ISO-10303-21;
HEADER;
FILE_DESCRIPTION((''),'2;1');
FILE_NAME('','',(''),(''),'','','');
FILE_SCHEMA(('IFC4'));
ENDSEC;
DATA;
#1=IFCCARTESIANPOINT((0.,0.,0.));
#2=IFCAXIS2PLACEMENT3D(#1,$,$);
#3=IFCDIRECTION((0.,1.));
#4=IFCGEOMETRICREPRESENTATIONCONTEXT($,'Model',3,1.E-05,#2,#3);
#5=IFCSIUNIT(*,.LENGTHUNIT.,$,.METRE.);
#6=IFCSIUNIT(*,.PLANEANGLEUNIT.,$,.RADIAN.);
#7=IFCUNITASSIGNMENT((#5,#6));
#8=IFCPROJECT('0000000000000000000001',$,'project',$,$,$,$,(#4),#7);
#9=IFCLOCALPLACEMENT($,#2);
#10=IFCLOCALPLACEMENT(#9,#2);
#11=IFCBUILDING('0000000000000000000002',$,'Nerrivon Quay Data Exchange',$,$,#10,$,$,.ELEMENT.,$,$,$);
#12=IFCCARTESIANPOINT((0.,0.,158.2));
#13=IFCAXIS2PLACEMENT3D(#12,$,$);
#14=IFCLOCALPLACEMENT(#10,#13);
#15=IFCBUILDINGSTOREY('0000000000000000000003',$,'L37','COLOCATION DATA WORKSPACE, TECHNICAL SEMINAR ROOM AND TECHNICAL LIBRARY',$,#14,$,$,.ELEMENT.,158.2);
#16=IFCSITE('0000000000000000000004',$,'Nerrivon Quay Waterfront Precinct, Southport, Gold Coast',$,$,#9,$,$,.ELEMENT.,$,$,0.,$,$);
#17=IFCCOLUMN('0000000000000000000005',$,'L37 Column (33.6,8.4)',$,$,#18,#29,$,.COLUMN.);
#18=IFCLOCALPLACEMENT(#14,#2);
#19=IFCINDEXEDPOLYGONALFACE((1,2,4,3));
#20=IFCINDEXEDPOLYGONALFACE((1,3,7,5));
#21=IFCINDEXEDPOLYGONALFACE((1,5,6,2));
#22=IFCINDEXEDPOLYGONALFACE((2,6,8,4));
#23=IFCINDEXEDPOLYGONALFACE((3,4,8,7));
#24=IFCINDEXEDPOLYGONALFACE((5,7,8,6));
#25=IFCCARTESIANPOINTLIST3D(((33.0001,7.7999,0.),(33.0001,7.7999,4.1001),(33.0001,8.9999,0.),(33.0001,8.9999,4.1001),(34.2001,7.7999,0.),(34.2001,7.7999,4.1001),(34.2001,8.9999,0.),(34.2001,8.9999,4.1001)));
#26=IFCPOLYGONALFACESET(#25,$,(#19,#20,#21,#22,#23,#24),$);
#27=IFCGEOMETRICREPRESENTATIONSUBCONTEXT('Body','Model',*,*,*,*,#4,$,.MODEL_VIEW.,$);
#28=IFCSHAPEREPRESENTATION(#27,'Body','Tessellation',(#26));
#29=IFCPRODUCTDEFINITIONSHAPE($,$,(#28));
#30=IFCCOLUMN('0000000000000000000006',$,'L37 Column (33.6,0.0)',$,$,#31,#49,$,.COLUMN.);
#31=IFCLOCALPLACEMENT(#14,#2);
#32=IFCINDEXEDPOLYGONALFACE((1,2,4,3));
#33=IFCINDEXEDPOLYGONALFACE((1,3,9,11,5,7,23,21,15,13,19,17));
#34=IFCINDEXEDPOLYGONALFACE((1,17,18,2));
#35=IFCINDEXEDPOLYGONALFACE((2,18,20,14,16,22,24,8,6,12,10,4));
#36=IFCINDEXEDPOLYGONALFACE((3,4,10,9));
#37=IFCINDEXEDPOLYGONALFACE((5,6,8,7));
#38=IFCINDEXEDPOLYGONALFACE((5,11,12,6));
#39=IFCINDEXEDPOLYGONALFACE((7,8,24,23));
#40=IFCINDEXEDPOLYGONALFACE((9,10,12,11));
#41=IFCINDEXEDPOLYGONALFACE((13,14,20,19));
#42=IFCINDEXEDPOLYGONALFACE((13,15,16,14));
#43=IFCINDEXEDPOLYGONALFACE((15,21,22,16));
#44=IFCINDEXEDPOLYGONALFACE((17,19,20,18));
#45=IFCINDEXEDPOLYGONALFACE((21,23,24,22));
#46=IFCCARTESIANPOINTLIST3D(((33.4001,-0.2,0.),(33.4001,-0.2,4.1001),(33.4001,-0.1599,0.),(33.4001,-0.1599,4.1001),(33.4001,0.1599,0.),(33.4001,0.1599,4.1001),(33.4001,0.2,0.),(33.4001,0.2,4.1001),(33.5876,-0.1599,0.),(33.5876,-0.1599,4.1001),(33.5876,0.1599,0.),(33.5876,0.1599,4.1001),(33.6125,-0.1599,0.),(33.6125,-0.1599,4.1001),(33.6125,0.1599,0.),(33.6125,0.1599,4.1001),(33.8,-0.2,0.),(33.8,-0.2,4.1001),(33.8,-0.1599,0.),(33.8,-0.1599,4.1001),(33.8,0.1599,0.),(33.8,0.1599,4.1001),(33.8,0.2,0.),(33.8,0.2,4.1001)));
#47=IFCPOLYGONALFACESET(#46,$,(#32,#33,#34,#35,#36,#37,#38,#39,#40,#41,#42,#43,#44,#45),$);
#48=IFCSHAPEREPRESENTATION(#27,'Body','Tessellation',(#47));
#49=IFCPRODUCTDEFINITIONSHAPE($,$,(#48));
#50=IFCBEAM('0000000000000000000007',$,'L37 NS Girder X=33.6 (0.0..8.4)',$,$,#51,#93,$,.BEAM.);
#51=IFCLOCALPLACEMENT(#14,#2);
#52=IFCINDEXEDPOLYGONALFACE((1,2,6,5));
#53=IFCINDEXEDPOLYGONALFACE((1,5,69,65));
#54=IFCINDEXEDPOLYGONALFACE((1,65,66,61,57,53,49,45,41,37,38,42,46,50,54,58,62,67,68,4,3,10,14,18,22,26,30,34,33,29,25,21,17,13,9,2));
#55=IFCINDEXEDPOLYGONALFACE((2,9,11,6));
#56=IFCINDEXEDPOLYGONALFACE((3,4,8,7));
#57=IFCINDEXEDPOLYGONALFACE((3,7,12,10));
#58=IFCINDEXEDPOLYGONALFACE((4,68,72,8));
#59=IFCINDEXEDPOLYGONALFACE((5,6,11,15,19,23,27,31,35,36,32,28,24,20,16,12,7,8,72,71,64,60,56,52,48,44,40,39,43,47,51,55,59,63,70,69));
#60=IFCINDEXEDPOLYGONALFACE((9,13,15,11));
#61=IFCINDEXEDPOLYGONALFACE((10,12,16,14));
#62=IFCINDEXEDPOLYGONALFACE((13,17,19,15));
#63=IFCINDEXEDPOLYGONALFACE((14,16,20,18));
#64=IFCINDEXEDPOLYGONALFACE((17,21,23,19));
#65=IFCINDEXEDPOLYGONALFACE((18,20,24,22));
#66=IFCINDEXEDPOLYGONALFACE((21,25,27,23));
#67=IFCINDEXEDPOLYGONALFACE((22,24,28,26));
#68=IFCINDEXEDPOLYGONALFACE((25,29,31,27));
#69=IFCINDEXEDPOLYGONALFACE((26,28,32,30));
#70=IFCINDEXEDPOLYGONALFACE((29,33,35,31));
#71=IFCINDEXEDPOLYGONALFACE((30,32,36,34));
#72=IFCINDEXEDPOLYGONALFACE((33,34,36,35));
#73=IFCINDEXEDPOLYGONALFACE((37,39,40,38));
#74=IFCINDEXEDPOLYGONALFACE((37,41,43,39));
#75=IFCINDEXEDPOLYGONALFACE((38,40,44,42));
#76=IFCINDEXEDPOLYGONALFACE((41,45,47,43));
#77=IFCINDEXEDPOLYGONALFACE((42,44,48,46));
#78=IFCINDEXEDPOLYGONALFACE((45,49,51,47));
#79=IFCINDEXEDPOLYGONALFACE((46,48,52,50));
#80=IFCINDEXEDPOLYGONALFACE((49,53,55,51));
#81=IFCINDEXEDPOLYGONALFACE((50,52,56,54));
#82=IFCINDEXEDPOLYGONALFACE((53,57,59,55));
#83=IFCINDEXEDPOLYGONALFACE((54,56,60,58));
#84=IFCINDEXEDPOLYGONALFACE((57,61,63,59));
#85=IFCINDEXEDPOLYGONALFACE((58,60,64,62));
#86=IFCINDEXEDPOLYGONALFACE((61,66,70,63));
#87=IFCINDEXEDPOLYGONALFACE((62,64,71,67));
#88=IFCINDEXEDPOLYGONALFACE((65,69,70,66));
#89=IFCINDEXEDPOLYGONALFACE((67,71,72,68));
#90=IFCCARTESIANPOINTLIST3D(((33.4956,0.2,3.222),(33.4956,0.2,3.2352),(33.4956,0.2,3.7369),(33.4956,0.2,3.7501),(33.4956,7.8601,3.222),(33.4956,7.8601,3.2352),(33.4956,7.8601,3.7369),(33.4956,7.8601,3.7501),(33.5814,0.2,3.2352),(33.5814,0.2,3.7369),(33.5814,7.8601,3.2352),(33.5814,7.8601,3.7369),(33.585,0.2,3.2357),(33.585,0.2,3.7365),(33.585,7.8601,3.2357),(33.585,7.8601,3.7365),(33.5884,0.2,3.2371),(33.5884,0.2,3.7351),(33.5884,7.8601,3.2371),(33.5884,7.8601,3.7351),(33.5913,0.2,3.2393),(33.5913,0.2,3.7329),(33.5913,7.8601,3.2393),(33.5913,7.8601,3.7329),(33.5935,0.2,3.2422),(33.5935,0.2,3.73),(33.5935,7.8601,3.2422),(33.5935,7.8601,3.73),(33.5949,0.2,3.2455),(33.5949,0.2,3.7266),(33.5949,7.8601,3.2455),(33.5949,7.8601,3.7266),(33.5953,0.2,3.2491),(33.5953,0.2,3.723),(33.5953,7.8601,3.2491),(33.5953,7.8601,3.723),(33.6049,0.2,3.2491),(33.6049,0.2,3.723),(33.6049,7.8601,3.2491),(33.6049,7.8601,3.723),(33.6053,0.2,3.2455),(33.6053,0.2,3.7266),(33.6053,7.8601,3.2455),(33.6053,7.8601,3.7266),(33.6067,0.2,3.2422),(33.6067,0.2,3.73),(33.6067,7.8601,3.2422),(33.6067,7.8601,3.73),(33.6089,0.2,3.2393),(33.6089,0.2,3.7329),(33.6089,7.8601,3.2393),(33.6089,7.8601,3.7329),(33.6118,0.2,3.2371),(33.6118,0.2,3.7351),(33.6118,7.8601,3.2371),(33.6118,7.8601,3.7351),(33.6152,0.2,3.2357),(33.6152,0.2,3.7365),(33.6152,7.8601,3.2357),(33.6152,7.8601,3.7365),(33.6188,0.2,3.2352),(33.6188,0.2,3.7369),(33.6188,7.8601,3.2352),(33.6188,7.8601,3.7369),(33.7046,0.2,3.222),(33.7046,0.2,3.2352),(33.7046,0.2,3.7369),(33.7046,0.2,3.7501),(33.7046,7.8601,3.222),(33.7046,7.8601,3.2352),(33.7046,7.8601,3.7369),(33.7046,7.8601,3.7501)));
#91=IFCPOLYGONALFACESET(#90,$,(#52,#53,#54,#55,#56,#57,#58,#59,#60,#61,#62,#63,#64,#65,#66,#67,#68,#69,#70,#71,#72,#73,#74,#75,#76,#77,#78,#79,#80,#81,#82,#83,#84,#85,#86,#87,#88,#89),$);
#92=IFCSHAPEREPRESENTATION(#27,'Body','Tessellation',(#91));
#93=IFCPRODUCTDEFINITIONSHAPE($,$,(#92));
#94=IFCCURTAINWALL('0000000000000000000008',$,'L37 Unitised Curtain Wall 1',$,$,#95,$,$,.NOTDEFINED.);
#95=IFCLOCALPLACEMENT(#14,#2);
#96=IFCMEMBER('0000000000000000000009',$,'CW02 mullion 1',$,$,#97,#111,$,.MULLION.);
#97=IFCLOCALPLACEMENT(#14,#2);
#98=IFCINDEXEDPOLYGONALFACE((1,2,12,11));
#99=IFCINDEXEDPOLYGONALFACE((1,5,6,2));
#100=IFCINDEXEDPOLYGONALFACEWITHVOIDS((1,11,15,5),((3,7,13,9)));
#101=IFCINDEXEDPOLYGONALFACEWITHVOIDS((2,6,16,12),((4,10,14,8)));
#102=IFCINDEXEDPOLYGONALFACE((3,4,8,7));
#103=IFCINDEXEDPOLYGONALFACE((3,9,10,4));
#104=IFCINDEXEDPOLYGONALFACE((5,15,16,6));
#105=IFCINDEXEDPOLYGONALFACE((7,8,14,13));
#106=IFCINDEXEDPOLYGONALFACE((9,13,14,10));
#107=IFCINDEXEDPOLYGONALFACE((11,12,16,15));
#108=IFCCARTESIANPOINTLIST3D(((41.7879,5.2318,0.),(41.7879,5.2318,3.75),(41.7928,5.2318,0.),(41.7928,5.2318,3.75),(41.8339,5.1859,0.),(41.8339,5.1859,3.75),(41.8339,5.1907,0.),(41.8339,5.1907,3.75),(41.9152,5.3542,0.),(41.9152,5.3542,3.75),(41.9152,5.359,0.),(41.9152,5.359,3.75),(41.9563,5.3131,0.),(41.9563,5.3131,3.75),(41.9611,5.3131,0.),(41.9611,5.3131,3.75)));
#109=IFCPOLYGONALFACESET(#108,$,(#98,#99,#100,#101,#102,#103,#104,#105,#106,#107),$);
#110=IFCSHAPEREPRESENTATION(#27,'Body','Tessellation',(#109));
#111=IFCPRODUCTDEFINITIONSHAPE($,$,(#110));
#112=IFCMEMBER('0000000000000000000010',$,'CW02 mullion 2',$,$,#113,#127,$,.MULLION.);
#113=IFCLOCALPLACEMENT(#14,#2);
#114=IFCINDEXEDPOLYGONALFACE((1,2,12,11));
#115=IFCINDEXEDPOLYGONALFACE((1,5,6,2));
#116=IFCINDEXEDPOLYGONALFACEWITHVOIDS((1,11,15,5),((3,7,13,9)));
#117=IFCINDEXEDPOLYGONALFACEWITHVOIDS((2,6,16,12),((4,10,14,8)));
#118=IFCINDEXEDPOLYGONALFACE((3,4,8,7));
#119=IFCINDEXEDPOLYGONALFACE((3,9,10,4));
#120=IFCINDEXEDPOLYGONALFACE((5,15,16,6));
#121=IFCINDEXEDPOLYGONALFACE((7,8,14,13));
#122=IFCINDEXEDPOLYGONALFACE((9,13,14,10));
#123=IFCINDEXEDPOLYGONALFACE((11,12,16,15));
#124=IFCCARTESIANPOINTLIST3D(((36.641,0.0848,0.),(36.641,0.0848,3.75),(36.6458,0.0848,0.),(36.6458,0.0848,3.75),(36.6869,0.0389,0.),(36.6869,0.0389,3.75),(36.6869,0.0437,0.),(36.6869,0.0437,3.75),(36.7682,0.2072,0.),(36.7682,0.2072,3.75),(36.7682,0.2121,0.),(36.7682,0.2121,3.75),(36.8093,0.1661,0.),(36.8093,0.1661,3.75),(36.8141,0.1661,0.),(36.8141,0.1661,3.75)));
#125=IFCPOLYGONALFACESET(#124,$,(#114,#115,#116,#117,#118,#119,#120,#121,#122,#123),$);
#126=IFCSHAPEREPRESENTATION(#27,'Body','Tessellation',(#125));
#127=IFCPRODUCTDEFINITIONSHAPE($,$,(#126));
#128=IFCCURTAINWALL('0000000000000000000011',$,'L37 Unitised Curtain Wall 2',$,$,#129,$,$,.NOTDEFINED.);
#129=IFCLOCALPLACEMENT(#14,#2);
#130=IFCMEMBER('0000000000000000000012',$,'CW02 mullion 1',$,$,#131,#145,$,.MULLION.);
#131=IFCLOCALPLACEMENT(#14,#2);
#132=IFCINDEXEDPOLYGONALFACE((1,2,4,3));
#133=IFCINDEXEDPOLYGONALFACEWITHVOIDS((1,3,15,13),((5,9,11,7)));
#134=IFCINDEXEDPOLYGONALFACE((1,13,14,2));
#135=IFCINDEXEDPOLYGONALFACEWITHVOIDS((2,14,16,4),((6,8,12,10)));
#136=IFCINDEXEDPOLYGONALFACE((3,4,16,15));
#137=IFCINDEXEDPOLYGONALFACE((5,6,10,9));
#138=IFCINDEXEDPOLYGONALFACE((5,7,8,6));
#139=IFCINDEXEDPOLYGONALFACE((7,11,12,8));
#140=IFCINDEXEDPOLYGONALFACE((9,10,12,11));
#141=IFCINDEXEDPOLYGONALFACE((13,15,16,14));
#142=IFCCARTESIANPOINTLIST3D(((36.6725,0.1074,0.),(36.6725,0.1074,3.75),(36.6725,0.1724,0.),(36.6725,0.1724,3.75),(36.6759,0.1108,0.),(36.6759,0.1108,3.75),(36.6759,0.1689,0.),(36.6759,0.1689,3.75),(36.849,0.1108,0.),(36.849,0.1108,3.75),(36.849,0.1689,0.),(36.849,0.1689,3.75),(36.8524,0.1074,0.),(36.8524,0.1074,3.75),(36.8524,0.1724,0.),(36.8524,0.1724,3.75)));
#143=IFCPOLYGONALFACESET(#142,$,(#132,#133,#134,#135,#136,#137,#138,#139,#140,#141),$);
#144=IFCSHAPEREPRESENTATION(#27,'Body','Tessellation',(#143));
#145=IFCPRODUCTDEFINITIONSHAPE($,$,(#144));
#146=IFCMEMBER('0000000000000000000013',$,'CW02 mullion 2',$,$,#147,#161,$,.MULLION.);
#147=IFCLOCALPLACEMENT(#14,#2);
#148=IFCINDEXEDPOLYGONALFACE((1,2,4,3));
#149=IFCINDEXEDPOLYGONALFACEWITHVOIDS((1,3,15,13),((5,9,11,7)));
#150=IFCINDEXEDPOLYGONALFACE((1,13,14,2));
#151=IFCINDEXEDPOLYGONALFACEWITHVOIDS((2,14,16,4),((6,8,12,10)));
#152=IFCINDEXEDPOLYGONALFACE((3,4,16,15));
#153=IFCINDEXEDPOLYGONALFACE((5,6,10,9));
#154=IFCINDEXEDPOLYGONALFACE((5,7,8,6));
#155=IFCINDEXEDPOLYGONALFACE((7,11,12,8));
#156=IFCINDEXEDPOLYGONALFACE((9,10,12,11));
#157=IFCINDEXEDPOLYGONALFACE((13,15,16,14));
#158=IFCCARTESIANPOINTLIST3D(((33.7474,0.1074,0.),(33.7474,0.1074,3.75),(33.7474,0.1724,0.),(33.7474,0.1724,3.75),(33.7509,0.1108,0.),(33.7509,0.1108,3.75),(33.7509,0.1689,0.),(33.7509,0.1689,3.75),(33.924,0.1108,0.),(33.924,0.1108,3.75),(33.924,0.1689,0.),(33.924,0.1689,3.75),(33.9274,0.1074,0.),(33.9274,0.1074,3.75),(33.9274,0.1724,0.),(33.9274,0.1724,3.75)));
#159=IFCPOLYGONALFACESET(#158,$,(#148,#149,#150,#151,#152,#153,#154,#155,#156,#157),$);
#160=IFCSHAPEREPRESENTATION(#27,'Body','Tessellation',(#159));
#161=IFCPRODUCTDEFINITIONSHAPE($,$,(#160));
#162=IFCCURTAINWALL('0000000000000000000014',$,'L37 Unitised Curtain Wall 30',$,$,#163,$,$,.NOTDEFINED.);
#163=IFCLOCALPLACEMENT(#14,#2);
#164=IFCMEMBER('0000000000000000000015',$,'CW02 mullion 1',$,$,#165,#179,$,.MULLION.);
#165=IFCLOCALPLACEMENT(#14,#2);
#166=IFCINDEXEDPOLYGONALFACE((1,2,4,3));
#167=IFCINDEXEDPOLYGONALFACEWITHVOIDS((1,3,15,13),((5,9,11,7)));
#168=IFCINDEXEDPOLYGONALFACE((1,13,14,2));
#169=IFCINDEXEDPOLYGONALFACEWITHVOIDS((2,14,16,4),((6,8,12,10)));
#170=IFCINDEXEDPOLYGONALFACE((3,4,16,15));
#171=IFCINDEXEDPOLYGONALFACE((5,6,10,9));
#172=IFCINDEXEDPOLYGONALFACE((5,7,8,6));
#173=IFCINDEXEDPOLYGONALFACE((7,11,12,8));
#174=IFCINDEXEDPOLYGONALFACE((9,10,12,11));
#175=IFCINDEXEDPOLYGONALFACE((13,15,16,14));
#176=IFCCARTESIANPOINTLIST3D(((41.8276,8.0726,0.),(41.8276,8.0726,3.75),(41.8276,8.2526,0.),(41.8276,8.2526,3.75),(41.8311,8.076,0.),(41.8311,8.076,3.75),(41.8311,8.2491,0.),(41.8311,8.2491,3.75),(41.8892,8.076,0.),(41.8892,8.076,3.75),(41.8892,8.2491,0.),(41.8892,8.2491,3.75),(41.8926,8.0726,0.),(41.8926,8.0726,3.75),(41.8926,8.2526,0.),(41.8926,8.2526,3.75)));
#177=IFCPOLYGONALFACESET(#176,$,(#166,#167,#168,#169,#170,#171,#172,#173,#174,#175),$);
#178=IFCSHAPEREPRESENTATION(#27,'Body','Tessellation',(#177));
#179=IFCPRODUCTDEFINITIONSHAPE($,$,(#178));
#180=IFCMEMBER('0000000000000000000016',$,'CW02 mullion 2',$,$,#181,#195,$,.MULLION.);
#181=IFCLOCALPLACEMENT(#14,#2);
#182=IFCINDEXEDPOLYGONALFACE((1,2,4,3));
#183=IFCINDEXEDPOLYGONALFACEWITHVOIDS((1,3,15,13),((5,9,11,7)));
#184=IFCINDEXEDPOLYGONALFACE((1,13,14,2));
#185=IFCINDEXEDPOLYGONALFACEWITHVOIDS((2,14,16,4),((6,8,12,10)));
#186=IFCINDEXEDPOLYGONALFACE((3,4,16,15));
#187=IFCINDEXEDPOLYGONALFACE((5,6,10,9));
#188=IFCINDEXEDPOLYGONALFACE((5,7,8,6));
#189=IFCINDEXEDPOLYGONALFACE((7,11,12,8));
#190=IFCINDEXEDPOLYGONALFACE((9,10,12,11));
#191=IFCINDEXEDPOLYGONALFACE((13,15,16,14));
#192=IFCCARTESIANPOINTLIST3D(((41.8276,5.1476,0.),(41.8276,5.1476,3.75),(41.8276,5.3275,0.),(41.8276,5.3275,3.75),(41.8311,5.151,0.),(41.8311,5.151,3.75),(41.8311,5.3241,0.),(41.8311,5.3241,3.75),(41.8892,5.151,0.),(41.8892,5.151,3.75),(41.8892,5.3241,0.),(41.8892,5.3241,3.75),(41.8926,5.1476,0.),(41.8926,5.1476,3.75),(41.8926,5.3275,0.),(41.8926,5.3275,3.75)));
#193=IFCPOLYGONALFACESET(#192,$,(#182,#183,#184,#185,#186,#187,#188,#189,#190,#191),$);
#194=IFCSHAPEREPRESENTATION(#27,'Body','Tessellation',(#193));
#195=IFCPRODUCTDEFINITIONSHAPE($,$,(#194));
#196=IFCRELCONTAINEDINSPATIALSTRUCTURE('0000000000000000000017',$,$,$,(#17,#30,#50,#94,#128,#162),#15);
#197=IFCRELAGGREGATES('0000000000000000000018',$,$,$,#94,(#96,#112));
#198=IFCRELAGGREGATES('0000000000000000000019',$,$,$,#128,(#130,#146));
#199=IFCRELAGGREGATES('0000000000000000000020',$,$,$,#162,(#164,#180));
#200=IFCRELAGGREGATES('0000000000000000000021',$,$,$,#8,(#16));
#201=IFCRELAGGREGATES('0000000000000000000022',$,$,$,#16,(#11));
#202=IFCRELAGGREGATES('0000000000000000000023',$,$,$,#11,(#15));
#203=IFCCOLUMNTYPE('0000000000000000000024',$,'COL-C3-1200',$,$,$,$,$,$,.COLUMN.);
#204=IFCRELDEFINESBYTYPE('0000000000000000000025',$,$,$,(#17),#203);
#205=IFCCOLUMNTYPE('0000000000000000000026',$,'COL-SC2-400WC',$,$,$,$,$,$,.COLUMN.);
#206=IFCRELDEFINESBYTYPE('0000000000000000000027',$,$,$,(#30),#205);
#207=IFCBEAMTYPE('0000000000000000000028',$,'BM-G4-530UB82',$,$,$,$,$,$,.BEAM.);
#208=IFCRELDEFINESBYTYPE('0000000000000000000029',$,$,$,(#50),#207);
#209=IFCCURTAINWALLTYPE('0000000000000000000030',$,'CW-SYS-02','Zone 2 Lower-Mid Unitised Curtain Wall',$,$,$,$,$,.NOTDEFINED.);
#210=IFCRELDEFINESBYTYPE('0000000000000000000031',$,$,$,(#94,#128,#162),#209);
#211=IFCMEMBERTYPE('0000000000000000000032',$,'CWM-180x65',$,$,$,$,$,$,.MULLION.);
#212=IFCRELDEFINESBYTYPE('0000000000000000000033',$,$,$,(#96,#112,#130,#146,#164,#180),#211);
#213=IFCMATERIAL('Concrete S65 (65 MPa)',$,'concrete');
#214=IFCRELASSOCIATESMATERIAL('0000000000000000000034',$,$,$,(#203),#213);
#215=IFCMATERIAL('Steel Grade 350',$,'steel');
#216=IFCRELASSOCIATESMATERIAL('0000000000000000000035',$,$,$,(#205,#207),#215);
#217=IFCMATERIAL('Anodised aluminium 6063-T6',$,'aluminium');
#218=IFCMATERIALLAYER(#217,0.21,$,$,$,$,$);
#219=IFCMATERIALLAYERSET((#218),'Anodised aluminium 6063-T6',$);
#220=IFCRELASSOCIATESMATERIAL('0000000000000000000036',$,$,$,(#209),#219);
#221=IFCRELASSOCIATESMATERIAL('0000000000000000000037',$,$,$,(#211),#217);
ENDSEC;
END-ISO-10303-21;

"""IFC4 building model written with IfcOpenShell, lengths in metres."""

from ifc_helpers import new_model, si_unit, direction, frame, origin, origin_2d, place, context, subcontext, project, spatial, rectangle, hollow_rectangle, i_section, extrude, material, layer, layer_set, material_profile, profile_set, type_object, element, aggregate, save


model = new_model("IFC4")

# Units and contexts
model_context = context("Model", 3, precision=1e-05, world=origin(), true_north=direction((0.0, 1.0)))
body_context = subcontext(model_context, "Body", "Model", "MODEL_VIEW")
ifc_project = project(units=[si_unit("LENGTHUNIT", "METRE"), si_unit("PLANEANGLEUNIT", "RADIAN")], contexts=[model_context])

# Site, building, storey
site_placement = place(None, origin())
site = spatial("IfcSite", under=ifc_project, at=site_placement, Name="Nerrivon Quay Waterfront Precinct, Southport, Gold Coast", CompositionType="ELEMENT", RefElevation=0.0)
building_placement = place(site_placement, origin())
building = spatial("IfcBuilding", under=site, at=building_placement, Name="Nerrivon Quay Data Exchange", CompositionType="ELEMENT")
storey_placement = place(building_placement, frame((0.0, 0.0, 158.2)))
storey = spatial("IfcBuildingStorey", under=building, at=storey_placement, Name="L37", Description="COLOCATION DATA WORKSPACE, TECHNICAL SEMINAR ROOM AND TECHNICAL LIBRARY", CompositionType="ELEMENT", Elevation=158.2)

# Columns
ifc_material_1 = material(Name="Concrete S65 (65 MPa)", Category="concrete")
ifc_material_profile_1 = material_profile(ifc_material_1, rectangle(XDim=1.2, YDim=1.2, at=origin_2d()), Name="RC-COL-1200x1200")
ifc_profile_set_1 = profile_set([ifc_material_profile_1], Name="Concrete S65 (65 MPa)")
column_type_1 = type_object("IfcColumnType", Name="COL-C3-1200", PredefinedType="COLUMN", material=ifc_profile_set_1)
column_1_placement = place(storey_placement, frame((33.6001, 8.3999, 0.0), z_axis=(0.0, 0.0, 1.0), x_axis=(1.0, 0.0, 0.0)))
element("IfcColumn", 1, at=column_1_placement, inside=storey, type_object=column_type_1, Name="L37 Column (33.6,8.4)", PredefinedType="COLUMN", context=body_context, shape_type="SweptSolid", body=[
    extrude(rectangle(XDim=1.2, YDim=1.2, at=origin_2d()), origin(), (0.0, 0.0, 1.0), 4.1001),
])
ifc_material_2 = material(Name="Steel Grade 350", Category="steel")
ifc_material_profile_2 = material_profile(ifc_material_2, i_section(OverallWidth=0.3999, OverallDepth=0.3999, WebThickness=0.0249, FlangeThickness=0.04, at=origin_2d()), Name="400WC328")
ifc_profile_set_2 = profile_set([ifc_material_profile_2], Name="Steel Grade 350")
column_type_2 = type_object("IfcColumnType", Name="COL-SC2-400WC", PredefinedType="COLUMN", material=ifc_profile_set_2)
column_2_placement = place(storey_placement, frame((33.6001, 0.0, 0.0), z_axis=(0.0, 0.0, 1.0), x_axis=(1.0, 0.0, 0.0)))
element("IfcColumn", 2, at=column_2_placement, inside=storey, type_object=column_type_2, Name="L37 Column (33.6,0.0)", PredefinedType="COLUMN", context=body_context, shape_type="SweptSolid", body=[
    extrude(i_section(OverallWidth=0.3999, OverallDepth=0.3999, WebThickness=0.0249, FlangeThickness=0.04, at=origin_2d()), origin(), (0.0, 0.0, 1.0), 4.1001),
])

# Beam
ifc_material_profile_3 = material_profile(ifc_material_2, i_section(OverallWidth=0.209, OverallDepth=0.5281, WebThickness=0.0095, FlangeThickness=0.0132, FilletRadius=0.0139, at=origin_2d()), Name="530UB82.0")
ifc_profile_set_3 = profile_set([ifc_material_profile_3], Name="Steel Grade 350")
beam_type = type_object("IfcBeamType", Name="BM-G4-530UB82", PredefinedType="BEAM", material=ifc_profile_set_3)
beam_placement = place(storey_placement, frame((33.6001, 0.2, 3.4861), z_axis=(0.0, 1.0, 0.0), x_axis=(-1.0, 0.0, 0.0)))
element("IfcBeam", 3, at=beam_placement, inside=storey, type_object=beam_type, Name="L37 NS Girder X=33.6 (0.0..8.4)", PredefinedType="BEAM", context=body_context, shape_type="SweptSolid", body=[
    extrude(i_section(OverallWidth=0.209, OverallDepth=0.5281, WebThickness=0.0095, FlangeThickness=0.0132, FilletRadius=0.0139, at=origin_2d()), origin(), (0.0, 0.0, 1.0), 7.6602),
])

# Curtain walls, members
ifc_material_3 = material(Name="Anodised aluminium 6063-T6", Category="aluminium")
ifc_layer_1 = layer(ifc_material_3, 0.21)
ifc_layer_set_1 = layer_set([ifc_layer_1], Name="Anodised aluminium 6063-T6")
curtain_wall_type = type_object("IfcCurtainWallType", Name="CW-SYS-02", Description="Zone 2 Lower-Mid Unitised Curtain Wall", PredefinedType="NOTDEFINED", material=ifc_layer_set_1)
curtain_wall_1_placement = place(storey_placement, origin())
curtain_wall_1 = element("IfcCurtainWall", 4, at=curtain_wall_1_placement, inside=storey, type_object=curtain_wall_type, Name="L37 Unitised Curtain Wall 1", PredefinedType="NOTDEFINED")
ifc_material_profile_4 = material_profile(ifc_material_3, hollow_rectangle(XDim=0.0649, YDim=0.1799, WallThickness=0.0034, at=origin_2d()), Name="ALU-MULL-180x65")
ifc_profile_set_4 = profile_set([ifc_material_profile_4], Name="Anodised aluminium 6063-T6")
member_type_1 = type_object("IfcMemberType", Name="CWM-180x65", PredefinedType="MULLION", material=ifc_profile_set_4)
member_1_placement = place(storey_placement, frame((41.8745, 5.2725, 0.0), z_axis=(0.0, 0.0, 1.0), x_axis=(0.707107, -0.707107, 0.0)))
member_1 = element("IfcMember", 5, at=member_1_placement, type_object=member_type_1, Name="CW02 mullion 1", PredefinedType="MULLION", context=body_context, shape_type="SweptSolid", body=[
    extrude(hollow_rectangle(XDim=0.0649, YDim=0.1799, WallThickness=0.0034, at=origin_2d()), origin(), (0.0, 0.0, 1.0), 3.75),
])
member_2_placement = place(storey_placement, frame((36.7275, 0.1255, 0.0), z_axis=(0.0, 0.0, 1.0), x_axis=(0.707107, -0.707107, 0.0)))
member_2 = element("IfcMember", 6, at=member_2_placement, type_object=member_type_1, Name="CW02 mullion 2", PredefinedType="MULLION", context=body_context, shape_type="SweptSolid", body=[
    extrude(hollow_rectangle(XDim=0.0649, YDim=0.1799, WallThickness=0.0034, at=origin_2d()), origin(), (0.0, 0.0, 1.0), 3.75),
])
curtain_wall_2_placement = place(storey_placement, origin())
curtain_wall_2 = element("IfcCurtainWall", 7, at=curtain_wall_2_placement, inside=storey, type_object=curtain_wall_type, Name="L37 Unitised Curtain Wall 2", PredefinedType="NOTDEFINED")
member_3_placement = place(storey_placement, frame((36.7625, 0.1399, 0.0), z_axis=(0.0, 0.0, 1.0), x_axis=(0.0, -1.0, 0.0)))
member_3 = element("IfcMember", 8, at=member_3_placement, type_object=member_type_1, Name="CW02 mullion 1", PredefinedType="MULLION", context=body_context, shape_type="SweptSolid", body=[
    extrude(hollow_rectangle(XDim=0.0649, YDim=0.1799, WallThickness=0.0034, at=origin_2d()), origin(), (0.0, 0.0, 1.0), 3.75),
])
member_4_placement = place(storey_placement, frame((33.8374, 0.1399, 0.0), z_axis=(0.0, 0.0, 1.0), x_axis=(0.0, -1.0, 0.0)))
member_4 = element("IfcMember", 9, at=member_4_placement, type_object=member_type_1, Name="CW02 mullion 2", PredefinedType="MULLION", context=body_context, shape_type="SweptSolid", body=[
    extrude(hollow_rectangle(XDim=0.0649, YDim=0.1799, WallThickness=0.0034, at=origin_2d()), origin(), (0.0, 0.0, 1.0), 3.75),
])
curtain_wall_3_placement = place(storey_placement, origin())
curtain_wall_3 = element("IfcCurtainWall", 10, at=curtain_wall_3_placement, inside=storey, type_object=curtain_wall_type, Name="L37 Unitised Curtain Wall 30", PredefinedType="NOTDEFINED")
member_5_placement = place(storey_placement, frame((41.8601, 8.1626, 0.0), z_axis=(0.0, 0.0, 1.0), x_axis=(1.0, 0.0, 0.0)))
member_5 = element("IfcMember", 11, at=member_5_placement, type_object=member_type_1, Name="CW02 mullion 1", PredefinedType="MULLION", context=body_context, shape_type="SweptSolid", body=[
    extrude(hollow_rectangle(XDim=0.0649, YDim=0.1799, WallThickness=0.0034, at=origin_2d()), origin(), (0.0, 0.0, 1.0), 3.75),
])
member_6_placement = place(storey_placement, frame((41.8601, 5.2375, 0.0), z_axis=(0.0, 0.0, 1.0), x_axis=(1.0, 0.0, 0.0)))
member_6 = element("IfcMember", 12, at=member_6_placement, type_object=member_type_1, Name="CW02 mullion 2", PredefinedType="MULLION", context=body_context, shape_type="SweptSolid", body=[
    extrude(hollow_rectangle(XDim=0.0649, YDim=0.1799, WallThickness=0.0034, at=origin_2d()), origin(), (0.0, 0.0, 1.0), 3.75),
])

aggregate(curtain_wall_1, [member_1, member_2])
aggregate(curtain_wall_2, [member_3, member_4])
aggregate(curtain_wall_3, [member_5, member_6])

save(model, "model.ifc")
